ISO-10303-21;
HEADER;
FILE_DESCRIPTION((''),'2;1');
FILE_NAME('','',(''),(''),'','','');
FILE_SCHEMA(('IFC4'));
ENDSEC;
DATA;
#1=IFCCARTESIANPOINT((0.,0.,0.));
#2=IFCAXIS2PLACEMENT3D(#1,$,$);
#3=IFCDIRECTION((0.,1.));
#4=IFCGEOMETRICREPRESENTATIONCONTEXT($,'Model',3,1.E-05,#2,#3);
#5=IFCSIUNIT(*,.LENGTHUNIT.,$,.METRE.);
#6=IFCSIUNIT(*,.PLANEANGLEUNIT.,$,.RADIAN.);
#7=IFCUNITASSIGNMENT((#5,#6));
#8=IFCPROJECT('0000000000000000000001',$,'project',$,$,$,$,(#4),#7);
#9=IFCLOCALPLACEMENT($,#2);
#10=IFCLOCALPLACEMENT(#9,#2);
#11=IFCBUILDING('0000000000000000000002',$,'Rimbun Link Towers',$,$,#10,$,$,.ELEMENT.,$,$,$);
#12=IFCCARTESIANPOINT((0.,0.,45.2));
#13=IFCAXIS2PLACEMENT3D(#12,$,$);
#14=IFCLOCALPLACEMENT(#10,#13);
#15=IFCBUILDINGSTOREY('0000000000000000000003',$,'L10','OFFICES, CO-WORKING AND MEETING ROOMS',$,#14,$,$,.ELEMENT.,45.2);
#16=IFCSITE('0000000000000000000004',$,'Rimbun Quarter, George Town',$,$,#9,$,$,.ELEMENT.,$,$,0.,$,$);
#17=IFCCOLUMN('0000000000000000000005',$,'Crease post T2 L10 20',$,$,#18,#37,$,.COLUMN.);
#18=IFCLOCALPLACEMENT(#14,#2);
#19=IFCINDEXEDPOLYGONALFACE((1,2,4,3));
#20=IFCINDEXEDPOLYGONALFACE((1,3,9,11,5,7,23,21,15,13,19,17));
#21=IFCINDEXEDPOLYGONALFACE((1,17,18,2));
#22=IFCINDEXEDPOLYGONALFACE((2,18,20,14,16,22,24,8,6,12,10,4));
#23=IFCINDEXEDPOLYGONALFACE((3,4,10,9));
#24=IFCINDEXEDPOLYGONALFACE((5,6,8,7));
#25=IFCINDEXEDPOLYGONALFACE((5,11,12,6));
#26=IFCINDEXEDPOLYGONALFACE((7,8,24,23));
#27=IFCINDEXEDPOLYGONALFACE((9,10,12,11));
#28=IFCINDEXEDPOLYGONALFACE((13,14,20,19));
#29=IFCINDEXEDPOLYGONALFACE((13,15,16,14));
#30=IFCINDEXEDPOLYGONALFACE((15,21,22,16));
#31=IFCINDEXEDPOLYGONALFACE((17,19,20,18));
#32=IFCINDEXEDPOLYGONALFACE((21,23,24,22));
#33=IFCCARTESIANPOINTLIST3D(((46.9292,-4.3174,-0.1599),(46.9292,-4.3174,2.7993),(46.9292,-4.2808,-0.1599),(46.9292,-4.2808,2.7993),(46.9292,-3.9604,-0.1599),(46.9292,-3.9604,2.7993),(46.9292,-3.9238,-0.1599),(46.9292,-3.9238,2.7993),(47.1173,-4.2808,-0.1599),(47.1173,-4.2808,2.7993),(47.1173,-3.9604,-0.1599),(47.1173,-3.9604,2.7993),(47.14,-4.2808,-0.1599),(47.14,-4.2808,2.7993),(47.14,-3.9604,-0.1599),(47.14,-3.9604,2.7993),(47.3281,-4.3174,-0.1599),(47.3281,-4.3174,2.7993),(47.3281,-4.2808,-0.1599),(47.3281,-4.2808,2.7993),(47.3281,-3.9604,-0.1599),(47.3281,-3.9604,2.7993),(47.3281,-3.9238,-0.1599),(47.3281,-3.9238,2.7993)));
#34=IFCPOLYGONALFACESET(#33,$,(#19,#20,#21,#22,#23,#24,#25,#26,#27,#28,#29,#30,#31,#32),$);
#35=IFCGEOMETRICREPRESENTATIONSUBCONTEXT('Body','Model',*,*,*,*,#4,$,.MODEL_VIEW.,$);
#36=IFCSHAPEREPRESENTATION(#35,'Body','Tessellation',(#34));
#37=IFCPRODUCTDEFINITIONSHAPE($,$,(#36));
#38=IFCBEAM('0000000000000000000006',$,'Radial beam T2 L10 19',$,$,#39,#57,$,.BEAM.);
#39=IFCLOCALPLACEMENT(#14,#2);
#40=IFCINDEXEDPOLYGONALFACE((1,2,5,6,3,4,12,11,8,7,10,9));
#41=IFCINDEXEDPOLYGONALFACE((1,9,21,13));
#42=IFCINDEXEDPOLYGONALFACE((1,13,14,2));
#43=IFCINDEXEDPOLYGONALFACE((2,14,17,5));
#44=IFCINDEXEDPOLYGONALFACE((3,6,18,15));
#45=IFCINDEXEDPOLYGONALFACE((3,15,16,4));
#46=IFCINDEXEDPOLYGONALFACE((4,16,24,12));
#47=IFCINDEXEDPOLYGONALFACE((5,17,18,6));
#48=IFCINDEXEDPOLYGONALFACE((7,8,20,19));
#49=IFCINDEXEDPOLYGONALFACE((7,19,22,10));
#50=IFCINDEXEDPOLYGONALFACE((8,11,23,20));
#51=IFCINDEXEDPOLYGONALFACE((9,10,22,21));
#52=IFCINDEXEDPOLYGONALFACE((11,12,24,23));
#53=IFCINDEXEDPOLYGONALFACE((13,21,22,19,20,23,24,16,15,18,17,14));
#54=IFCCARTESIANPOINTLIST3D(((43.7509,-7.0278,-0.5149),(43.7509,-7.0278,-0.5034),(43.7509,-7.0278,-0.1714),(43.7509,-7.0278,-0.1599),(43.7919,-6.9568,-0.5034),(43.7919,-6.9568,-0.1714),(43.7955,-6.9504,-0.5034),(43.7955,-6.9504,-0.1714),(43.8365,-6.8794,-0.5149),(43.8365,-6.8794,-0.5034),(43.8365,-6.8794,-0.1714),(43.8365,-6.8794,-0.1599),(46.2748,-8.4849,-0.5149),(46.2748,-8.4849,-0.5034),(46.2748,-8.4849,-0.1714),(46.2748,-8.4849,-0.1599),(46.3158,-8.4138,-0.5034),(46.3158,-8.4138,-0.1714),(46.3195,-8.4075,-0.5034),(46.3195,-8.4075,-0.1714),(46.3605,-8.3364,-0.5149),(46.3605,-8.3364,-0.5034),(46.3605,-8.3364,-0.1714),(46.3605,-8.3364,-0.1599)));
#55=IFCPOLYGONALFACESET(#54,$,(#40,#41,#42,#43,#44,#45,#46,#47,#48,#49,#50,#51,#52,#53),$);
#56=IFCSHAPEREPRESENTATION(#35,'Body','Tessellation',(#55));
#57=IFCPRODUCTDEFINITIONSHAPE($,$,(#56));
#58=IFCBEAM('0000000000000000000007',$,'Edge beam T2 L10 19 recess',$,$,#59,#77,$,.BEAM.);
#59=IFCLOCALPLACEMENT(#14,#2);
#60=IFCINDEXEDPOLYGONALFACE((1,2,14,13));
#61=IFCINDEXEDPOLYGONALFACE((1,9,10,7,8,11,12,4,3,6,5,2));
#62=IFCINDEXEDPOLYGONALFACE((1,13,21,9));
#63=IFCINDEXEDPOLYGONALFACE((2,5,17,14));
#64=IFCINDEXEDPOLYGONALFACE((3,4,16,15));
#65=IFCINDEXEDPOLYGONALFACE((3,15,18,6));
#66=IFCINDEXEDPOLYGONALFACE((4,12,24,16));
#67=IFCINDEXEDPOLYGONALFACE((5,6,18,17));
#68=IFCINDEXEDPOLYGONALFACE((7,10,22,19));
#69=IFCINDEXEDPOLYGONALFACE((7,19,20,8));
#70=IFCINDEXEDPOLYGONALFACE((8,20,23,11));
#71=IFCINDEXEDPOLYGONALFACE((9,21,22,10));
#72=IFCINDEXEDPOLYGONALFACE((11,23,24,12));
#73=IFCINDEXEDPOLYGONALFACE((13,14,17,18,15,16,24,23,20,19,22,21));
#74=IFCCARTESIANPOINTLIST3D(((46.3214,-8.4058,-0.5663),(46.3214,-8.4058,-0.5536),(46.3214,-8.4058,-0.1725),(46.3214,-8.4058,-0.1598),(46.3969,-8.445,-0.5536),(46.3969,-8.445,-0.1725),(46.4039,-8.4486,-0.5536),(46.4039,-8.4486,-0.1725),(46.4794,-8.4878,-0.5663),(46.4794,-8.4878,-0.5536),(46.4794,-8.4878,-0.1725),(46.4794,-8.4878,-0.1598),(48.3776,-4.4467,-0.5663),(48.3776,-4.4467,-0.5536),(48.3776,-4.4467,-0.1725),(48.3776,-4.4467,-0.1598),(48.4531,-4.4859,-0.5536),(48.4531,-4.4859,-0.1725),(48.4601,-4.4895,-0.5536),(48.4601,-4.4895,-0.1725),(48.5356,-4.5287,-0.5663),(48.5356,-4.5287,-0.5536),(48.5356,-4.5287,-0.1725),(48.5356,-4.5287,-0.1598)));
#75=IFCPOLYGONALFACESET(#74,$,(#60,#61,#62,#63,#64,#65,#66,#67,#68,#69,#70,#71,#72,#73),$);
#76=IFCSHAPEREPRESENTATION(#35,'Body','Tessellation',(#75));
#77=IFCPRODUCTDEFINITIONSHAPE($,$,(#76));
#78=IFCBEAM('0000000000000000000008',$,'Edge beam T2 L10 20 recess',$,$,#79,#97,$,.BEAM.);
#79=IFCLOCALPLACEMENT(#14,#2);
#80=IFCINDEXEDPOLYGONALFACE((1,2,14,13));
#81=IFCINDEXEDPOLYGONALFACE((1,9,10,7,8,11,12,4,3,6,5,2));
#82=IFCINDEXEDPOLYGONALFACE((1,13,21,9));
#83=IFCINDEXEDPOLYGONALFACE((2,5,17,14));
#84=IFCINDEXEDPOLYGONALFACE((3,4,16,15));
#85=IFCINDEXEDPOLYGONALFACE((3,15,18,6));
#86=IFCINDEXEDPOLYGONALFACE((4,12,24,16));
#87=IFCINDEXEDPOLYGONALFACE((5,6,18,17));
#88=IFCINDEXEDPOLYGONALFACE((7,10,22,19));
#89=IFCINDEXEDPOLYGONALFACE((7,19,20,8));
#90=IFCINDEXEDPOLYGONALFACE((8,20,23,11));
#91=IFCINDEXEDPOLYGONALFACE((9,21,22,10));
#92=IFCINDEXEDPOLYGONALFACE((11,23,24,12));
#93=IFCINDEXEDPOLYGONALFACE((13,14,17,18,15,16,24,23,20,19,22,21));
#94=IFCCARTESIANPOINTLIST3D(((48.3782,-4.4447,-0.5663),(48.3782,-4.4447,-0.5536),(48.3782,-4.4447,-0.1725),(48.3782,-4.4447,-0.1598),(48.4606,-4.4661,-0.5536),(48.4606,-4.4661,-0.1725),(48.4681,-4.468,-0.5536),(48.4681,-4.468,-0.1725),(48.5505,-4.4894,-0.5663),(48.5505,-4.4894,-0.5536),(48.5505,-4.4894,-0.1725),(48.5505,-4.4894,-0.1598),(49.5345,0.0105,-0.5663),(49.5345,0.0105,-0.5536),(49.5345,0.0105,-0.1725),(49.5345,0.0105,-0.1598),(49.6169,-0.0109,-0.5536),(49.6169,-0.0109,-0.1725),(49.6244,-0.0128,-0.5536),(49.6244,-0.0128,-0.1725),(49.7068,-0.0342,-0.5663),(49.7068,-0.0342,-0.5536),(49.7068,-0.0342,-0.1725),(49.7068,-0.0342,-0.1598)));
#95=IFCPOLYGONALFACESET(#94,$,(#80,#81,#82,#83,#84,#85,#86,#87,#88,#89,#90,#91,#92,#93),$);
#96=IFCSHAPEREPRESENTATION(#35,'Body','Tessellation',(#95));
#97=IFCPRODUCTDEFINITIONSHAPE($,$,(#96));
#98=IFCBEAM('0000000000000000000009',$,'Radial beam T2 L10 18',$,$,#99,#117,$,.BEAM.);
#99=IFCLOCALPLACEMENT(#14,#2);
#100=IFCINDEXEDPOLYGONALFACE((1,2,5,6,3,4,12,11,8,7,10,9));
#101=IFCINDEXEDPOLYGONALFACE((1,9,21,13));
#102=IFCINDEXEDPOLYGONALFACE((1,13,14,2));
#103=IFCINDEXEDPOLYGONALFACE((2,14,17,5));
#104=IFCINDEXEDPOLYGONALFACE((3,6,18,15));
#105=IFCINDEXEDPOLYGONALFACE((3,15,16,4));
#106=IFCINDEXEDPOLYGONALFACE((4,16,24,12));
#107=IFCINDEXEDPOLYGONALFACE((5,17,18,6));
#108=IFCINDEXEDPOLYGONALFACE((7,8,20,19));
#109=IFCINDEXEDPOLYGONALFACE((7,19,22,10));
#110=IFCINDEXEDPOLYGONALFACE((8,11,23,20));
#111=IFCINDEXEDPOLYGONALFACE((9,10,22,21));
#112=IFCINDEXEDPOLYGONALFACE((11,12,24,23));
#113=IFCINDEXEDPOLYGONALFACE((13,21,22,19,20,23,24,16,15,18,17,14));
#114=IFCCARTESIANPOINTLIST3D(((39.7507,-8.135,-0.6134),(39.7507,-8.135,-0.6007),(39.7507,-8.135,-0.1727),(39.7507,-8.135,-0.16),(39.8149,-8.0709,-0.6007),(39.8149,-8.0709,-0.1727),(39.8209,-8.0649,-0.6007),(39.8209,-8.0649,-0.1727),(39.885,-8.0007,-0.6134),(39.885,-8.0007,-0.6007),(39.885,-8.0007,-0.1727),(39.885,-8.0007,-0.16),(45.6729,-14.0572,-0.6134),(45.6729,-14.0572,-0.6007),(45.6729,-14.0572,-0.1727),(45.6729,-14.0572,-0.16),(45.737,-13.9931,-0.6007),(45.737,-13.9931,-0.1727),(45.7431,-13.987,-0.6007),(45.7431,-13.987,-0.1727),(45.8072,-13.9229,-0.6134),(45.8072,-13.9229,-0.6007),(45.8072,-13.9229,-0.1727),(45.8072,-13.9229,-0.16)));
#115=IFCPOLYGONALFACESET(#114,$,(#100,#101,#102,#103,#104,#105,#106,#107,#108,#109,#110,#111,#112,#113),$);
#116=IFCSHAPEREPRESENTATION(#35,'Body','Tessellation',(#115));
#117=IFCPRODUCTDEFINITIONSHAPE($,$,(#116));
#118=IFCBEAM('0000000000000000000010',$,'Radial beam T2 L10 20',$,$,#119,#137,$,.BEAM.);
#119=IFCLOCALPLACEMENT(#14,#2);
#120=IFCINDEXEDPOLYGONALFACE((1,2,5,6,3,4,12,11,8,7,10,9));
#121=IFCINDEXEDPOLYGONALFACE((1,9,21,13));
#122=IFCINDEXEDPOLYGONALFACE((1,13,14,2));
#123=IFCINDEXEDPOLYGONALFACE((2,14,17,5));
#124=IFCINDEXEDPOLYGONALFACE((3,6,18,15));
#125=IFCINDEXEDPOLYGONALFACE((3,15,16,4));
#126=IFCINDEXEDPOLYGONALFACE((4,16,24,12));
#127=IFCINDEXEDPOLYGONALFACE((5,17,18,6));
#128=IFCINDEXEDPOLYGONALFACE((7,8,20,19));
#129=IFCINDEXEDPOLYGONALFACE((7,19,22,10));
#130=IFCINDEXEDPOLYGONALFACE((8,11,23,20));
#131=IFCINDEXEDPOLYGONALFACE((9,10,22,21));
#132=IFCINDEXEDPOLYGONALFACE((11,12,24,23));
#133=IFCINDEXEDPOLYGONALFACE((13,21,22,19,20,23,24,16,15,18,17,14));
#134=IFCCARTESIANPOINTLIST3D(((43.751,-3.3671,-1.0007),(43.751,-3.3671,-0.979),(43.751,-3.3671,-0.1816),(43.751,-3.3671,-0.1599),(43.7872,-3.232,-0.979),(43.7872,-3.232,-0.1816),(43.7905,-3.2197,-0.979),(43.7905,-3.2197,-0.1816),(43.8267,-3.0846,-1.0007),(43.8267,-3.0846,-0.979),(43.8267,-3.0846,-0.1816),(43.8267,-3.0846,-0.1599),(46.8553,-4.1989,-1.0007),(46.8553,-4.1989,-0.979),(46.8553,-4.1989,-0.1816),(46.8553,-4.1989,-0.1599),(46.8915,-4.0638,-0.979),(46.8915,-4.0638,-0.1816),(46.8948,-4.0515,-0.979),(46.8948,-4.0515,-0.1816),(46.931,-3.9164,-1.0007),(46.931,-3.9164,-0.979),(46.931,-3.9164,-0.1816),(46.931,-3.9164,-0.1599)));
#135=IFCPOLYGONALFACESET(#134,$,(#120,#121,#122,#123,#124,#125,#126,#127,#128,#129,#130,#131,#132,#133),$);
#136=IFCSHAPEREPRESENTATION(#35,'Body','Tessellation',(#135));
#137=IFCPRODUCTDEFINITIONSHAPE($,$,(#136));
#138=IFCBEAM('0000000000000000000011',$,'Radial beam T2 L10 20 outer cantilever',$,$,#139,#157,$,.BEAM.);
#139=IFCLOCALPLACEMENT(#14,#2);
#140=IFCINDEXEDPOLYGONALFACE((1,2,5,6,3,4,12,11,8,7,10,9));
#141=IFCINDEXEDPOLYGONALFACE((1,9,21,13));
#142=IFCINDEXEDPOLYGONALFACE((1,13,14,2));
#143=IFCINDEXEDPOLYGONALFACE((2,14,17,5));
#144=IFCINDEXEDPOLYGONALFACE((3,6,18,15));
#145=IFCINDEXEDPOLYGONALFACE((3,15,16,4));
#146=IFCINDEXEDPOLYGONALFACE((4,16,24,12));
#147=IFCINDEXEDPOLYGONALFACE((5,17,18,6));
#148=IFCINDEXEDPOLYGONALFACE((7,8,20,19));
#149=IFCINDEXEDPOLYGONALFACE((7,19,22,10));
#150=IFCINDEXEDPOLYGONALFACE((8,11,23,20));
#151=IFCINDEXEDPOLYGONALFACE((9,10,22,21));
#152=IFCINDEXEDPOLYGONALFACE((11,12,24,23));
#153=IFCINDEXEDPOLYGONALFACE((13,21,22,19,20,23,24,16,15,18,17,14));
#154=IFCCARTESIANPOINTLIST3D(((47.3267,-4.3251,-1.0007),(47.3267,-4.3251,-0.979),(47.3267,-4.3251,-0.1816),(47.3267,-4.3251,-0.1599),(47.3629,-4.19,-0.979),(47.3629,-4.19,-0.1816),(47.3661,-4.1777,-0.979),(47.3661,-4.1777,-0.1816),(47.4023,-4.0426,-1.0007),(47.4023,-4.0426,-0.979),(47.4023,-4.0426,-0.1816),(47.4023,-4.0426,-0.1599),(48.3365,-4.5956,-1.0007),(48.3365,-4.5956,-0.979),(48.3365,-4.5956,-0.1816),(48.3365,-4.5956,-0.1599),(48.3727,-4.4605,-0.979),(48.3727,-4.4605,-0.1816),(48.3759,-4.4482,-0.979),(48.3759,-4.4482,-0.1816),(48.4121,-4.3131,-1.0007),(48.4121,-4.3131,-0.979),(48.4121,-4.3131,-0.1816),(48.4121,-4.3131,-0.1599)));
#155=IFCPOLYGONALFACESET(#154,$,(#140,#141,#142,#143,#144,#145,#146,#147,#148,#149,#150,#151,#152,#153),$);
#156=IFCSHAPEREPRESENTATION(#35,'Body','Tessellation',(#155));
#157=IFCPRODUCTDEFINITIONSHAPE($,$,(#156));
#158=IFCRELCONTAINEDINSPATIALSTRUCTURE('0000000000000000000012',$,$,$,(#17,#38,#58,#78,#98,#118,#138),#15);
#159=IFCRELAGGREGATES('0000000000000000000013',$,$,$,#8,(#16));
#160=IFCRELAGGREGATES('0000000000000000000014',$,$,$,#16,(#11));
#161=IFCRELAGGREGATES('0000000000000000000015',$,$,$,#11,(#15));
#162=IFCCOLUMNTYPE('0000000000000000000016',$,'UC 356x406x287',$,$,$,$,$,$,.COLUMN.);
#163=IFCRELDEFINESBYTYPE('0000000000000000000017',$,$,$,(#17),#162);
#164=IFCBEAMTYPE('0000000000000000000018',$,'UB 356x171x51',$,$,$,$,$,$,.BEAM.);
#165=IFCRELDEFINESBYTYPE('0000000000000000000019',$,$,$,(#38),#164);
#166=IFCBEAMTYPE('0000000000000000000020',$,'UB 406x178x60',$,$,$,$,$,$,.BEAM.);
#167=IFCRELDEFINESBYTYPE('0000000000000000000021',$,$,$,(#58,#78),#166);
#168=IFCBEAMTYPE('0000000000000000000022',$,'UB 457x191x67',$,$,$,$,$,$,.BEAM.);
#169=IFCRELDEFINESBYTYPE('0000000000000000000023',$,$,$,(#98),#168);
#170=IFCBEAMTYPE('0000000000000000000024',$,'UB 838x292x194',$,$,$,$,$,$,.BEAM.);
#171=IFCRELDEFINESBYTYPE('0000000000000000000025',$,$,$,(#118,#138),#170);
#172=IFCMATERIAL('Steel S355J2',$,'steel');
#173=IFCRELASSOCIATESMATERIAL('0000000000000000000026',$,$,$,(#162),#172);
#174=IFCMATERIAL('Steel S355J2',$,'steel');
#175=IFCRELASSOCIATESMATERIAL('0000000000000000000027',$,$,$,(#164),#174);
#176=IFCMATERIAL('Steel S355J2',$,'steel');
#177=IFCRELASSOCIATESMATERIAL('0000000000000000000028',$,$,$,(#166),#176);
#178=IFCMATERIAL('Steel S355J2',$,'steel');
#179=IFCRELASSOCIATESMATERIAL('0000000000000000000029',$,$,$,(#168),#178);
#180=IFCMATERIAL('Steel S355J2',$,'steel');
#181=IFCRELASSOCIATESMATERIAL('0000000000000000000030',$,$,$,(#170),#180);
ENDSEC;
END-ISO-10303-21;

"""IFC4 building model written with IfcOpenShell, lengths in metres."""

from ifc_helpers import new_model, si_unit, direction, frame, origin, origin_2d, place, context, subcontext, project, spatial, i_section, extrude, material, material_profile, profile_set, type_object, element, save


model = new_model("IFC4")

# Units and contexts
model_context = context("Model", 3, precision=1e-05, world=origin(), true_north=direction((0.0, 1.0)))
body_context = subcontext(model_context, "Body", "Model", "MODEL_VIEW")
ifc_project = project(units=[si_unit("LENGTHUNIT", "METRE"), si_unit("PLANEANGLEUNIT", "RADIAN")], contexts=[model_context])

# Site, building, storey
site_placement = place(None, origin())
site = spatial("IfcSite", under=ifc_project, at=site_placement, Name="Rimbun Quarter, George Town", CompositionType="ELEMENT", RefElevation=0.0)
building_placement = place(site_placement, origin())
building = spatial("IfcBuilding", under=site, at=building_placement, Name="Rimbun Link Towers", CompositionType="ELEMENT")
storey_placement = place(building_placement, frame((0.0, 0.0, 45.2)))
storey = spatial("IfcBuildingStorey", under=building, at=storey_placement, Name="L10", Description="OFFICES, CO-WORKING AND MEETING ROOMS", CompositionType="ELEMENT", Elevation=45.2)

# Column
ifc_material_1 = material(Name="Steel S355J2", Category="steel")
ifc_material_profile_1 = material_profile(ifc_material_1, i_section(OverallWidth=0.3989, OverallDepth=0.3936, WebThickness=0.0227, FlangeThickness=0.0366, at=origin_2d()), Name="UC 356x406x287")
ifc_profile_set_1 = profile_set([ifc_material_profile_1], Name="Steel S355J2")
column_type = type_object("IfcColumnType", Name="UC 356x406x287", PredefinedType="COLUMN", material=ifc_profile_set_1)
column_placement = place(storey_placement, frame((47.1287, -4.1206, -0.1599), z_axis=(0.0, 0.0, 1.0), x_axis=(1.0, 0.0, 0.0)))
element("IfcColumn", 1, at=column_placement, inside=storey, type_object=column_type, Name="Crease post T2 L10 20", PredefinedType="COLUMN", context=body_context, shape_type="SweptSolid", body=[
    extrude(i_section(OverallWidth=0.3989, OverallDepth=0.3936, WebThickness=0.0227, FlangeThickness=0.0366, at=origin_2d()), origin(), (0.0, 0.0, 1.0), 2.9592),
])

# Beams
ifc_material_2 = material(Name="Steel S355J2", Category="steel")
ifc_material_profile_2 = material_profile(ifc_material_2, i_section(OverallWidth=0.1714, OverallDepth=0.355, WebThickness=0.0073, FlangeThickness=0.0115, at=origin_2d()), Name="UB 356x171x51")
ifc_profile_set_2 = profile_set([ifc_material_profile_2], Name="Steel S355J2")
beam_type_1 = type_object("IfcBeamType", Name="UB 356x171x51", PredefinedType="BEAM", material=ifc_profile_set_2)
beam_1_placement = place(storey_placement, frame((43.7937, -6.9536, -0.3374), z_axis=(0.866049, -0.499959, 0.0), x_axis=(0.499959, 0.866049, 0.0)))
element("IfcBeam", 2, at=beam_1_placement, inside=storey, type_object=beam_type_1, Name="Radial beam T2 L10 19", PredefinedType="BEAM", context=body_context, shape_type="SweptSolid", body=[
    extrude(i_section(OverallWidth=0.1714, OverallDepth=0.355, WebThickness=0.0073, FlangeThickness=0.0115, at=origin_2d()), origin(), (0.0, 0.0, 1.0), 2.9143),
])
ifc_material_3 = material(Name="Steel S355J2", Category="steel")
ifc_material_profile_3 = material_profile(ifc_material_3, i_section(OverallWidth=0.178, OverallDepth=0.4065, WebThickness=0.0078, FlangeThickness=0.0127, at=origin_2d()), Name="UB 406x178x60")
ifc_profile_set_3 = profile_set([ifc_material_profile_3], Name="Steel S355J2")
beam_type_2 = type_object("IfcBeamType", Name="UB 406x178x60", PredefinedType="BEAM", material=ifc_profile_set_3)
beam_2_placement = place(storey_placement, frame((46.4004, -8.4468, -0.363), z_axis=(0.460908, 0.887448, 0.0), x_axis=(-0.887448, 0.460908, 0.0)))
element("IfcBeam", 3, at=beam_2_placement, inside=storey, type_object=beam_type_2, Name="Edge beam T2 L10 19 recess", PredefinedType="BEAM", context=body_context, shape_type="SweptSolid", body=[
    extrude(i_section(OverallWidth=0.178, OverallDepth=0.4065, WebThickness=0.0078, FlangeThickness=0.0127, at=origin_2d()), origin(), (0.0, 0.0, 1.0), 4.4612),
])
beam_3_placement = place(storey_placement, frame((48.4644, -4.467, -0.363), z_axis=(0.251213, 0.967932, 0.0), x_axis=(-0.967932, 0.251213, 0.0)))
element("IfcBeam", 4, at=beam_3_placement, inside=storey, type_object=beam_type_2, Name="Edge beam T2 L10 20 recess", PredefinedType="BEAM", context=body_context, shape_type="SweptSolid", body=[
    extrude(i_section(OverallWidth=0.178, OverallDepth=0.4065, WebThickness=0.0078, FlangeThickness=0.0127, at=origin_2d()), origin(), (0.0, 0.0, 1.0), 4.6028),
])
ifc_material_4 = material(Name="Steel S355J2", Category="steel")
ifc_material_profile_4 = material_profile(ifc_material_4, i_section(OverallWidth=0.1899, OverallDepth=0.4534, WebThickness=0.0085, FlangeThickness=0.0127, at=origin_2d()), Name="UB 457x191x67")
ifc_profile_set_4 = profile_set([ifc_material_profile_4], Name="Steel S355J2")
beam_type_3 = type_object("IfcBeamType", Name="UB 457x191x67", PredefinedType="BEAM", material=ifc_profile_set_4)
beam_4_placement = place(storey_placement, frame((39.8179, -8.0679, -0.3867), z_axis=(0.707107, -0.707107, 0.0), x_axis=(0.707107, 0.707107, 0.0)))
element("IfcBeam", 5, at=beam_4_placement, inside=storey, type_object=beam_type_3, Name="Radial beam T2 L10 18", PredefinedType="BEAM", context=body_context, shape_type="SweptSolid", body=[
    extrude(i_section(OverallWidth=0.1899, OverallDepth=0.4534, WebThickness=0.0085, FlangeThickness=0.0127, at=origin_2d()), origin(), (0.0, 0.0, 1.0), 8.3752),
])
ifc_material_5 = material(Name="Steel S355J2", Category="steel")
ifc_material_profile_5 = material_profile(ifc_material_5, i_section(OverallWidth=0.2925, OverallDepth=0.8408, WebThickness=0.0127, FlangeThickness=0.0217, at=origin_2d()), Name="UB 838x292x194")
ifc_profile_set_5 = profile_set([ifc_material_profile_5], Name="Steel S355J2")
beam_type_4 = type_object("IfcBeamType", Name="UB 838x292x194", PredefinedType="BEAM", material=ifc_profile_set_5)
beam_5_placement = place(storey_placement, frame((43.7888, -3.2258, -0.5803), z_axis=(0.965925, -0.258821, 0.0), x_axis=(0.258821, 0.965925, 0.0)))
element("IfcBeam", 6, at=beam_5_placement, inside=storey, type_object=beam_type_4, Name="Radial beam T2 L10 20", PredefinedType="BEAM", context=body_context, shape_type="SweptSolid", body=[
    extrude(i_section(OverallWidth=0.2925, OverallDepth=0.8408, WebThickness=0.0127, FlangeThickness=0.0217, at=origin_2d()), origin(), (0.0, 0.0, 1.0), 3.2139),
])
beam_6_placement = place(storey_placement, frame((47.3645, -4.1838, -0.5803), z_axis=(0.96594, -0.258767, 0.0), x_axis=(0.258767, 0.96594, 0.0)))
element("IfcBeam", 7, at=beam_6_placement, inside=storey, type_object=beam_type_4, Name="Radial beam T2 L10 20 outer cantilever", PredefinedType="BEAM", context=body_context, shape_type="SweptSolid", body=[
    extrude(i_section(OverallWidth=0.2925, OverallDepth=0.8408, WebThickness=0.0127, FlangeThickness=0.0217, at=origin_2d()), origin(), (0.0, 0.0, 1.0), 1.0454),
])

save(model, "model.ifc")
